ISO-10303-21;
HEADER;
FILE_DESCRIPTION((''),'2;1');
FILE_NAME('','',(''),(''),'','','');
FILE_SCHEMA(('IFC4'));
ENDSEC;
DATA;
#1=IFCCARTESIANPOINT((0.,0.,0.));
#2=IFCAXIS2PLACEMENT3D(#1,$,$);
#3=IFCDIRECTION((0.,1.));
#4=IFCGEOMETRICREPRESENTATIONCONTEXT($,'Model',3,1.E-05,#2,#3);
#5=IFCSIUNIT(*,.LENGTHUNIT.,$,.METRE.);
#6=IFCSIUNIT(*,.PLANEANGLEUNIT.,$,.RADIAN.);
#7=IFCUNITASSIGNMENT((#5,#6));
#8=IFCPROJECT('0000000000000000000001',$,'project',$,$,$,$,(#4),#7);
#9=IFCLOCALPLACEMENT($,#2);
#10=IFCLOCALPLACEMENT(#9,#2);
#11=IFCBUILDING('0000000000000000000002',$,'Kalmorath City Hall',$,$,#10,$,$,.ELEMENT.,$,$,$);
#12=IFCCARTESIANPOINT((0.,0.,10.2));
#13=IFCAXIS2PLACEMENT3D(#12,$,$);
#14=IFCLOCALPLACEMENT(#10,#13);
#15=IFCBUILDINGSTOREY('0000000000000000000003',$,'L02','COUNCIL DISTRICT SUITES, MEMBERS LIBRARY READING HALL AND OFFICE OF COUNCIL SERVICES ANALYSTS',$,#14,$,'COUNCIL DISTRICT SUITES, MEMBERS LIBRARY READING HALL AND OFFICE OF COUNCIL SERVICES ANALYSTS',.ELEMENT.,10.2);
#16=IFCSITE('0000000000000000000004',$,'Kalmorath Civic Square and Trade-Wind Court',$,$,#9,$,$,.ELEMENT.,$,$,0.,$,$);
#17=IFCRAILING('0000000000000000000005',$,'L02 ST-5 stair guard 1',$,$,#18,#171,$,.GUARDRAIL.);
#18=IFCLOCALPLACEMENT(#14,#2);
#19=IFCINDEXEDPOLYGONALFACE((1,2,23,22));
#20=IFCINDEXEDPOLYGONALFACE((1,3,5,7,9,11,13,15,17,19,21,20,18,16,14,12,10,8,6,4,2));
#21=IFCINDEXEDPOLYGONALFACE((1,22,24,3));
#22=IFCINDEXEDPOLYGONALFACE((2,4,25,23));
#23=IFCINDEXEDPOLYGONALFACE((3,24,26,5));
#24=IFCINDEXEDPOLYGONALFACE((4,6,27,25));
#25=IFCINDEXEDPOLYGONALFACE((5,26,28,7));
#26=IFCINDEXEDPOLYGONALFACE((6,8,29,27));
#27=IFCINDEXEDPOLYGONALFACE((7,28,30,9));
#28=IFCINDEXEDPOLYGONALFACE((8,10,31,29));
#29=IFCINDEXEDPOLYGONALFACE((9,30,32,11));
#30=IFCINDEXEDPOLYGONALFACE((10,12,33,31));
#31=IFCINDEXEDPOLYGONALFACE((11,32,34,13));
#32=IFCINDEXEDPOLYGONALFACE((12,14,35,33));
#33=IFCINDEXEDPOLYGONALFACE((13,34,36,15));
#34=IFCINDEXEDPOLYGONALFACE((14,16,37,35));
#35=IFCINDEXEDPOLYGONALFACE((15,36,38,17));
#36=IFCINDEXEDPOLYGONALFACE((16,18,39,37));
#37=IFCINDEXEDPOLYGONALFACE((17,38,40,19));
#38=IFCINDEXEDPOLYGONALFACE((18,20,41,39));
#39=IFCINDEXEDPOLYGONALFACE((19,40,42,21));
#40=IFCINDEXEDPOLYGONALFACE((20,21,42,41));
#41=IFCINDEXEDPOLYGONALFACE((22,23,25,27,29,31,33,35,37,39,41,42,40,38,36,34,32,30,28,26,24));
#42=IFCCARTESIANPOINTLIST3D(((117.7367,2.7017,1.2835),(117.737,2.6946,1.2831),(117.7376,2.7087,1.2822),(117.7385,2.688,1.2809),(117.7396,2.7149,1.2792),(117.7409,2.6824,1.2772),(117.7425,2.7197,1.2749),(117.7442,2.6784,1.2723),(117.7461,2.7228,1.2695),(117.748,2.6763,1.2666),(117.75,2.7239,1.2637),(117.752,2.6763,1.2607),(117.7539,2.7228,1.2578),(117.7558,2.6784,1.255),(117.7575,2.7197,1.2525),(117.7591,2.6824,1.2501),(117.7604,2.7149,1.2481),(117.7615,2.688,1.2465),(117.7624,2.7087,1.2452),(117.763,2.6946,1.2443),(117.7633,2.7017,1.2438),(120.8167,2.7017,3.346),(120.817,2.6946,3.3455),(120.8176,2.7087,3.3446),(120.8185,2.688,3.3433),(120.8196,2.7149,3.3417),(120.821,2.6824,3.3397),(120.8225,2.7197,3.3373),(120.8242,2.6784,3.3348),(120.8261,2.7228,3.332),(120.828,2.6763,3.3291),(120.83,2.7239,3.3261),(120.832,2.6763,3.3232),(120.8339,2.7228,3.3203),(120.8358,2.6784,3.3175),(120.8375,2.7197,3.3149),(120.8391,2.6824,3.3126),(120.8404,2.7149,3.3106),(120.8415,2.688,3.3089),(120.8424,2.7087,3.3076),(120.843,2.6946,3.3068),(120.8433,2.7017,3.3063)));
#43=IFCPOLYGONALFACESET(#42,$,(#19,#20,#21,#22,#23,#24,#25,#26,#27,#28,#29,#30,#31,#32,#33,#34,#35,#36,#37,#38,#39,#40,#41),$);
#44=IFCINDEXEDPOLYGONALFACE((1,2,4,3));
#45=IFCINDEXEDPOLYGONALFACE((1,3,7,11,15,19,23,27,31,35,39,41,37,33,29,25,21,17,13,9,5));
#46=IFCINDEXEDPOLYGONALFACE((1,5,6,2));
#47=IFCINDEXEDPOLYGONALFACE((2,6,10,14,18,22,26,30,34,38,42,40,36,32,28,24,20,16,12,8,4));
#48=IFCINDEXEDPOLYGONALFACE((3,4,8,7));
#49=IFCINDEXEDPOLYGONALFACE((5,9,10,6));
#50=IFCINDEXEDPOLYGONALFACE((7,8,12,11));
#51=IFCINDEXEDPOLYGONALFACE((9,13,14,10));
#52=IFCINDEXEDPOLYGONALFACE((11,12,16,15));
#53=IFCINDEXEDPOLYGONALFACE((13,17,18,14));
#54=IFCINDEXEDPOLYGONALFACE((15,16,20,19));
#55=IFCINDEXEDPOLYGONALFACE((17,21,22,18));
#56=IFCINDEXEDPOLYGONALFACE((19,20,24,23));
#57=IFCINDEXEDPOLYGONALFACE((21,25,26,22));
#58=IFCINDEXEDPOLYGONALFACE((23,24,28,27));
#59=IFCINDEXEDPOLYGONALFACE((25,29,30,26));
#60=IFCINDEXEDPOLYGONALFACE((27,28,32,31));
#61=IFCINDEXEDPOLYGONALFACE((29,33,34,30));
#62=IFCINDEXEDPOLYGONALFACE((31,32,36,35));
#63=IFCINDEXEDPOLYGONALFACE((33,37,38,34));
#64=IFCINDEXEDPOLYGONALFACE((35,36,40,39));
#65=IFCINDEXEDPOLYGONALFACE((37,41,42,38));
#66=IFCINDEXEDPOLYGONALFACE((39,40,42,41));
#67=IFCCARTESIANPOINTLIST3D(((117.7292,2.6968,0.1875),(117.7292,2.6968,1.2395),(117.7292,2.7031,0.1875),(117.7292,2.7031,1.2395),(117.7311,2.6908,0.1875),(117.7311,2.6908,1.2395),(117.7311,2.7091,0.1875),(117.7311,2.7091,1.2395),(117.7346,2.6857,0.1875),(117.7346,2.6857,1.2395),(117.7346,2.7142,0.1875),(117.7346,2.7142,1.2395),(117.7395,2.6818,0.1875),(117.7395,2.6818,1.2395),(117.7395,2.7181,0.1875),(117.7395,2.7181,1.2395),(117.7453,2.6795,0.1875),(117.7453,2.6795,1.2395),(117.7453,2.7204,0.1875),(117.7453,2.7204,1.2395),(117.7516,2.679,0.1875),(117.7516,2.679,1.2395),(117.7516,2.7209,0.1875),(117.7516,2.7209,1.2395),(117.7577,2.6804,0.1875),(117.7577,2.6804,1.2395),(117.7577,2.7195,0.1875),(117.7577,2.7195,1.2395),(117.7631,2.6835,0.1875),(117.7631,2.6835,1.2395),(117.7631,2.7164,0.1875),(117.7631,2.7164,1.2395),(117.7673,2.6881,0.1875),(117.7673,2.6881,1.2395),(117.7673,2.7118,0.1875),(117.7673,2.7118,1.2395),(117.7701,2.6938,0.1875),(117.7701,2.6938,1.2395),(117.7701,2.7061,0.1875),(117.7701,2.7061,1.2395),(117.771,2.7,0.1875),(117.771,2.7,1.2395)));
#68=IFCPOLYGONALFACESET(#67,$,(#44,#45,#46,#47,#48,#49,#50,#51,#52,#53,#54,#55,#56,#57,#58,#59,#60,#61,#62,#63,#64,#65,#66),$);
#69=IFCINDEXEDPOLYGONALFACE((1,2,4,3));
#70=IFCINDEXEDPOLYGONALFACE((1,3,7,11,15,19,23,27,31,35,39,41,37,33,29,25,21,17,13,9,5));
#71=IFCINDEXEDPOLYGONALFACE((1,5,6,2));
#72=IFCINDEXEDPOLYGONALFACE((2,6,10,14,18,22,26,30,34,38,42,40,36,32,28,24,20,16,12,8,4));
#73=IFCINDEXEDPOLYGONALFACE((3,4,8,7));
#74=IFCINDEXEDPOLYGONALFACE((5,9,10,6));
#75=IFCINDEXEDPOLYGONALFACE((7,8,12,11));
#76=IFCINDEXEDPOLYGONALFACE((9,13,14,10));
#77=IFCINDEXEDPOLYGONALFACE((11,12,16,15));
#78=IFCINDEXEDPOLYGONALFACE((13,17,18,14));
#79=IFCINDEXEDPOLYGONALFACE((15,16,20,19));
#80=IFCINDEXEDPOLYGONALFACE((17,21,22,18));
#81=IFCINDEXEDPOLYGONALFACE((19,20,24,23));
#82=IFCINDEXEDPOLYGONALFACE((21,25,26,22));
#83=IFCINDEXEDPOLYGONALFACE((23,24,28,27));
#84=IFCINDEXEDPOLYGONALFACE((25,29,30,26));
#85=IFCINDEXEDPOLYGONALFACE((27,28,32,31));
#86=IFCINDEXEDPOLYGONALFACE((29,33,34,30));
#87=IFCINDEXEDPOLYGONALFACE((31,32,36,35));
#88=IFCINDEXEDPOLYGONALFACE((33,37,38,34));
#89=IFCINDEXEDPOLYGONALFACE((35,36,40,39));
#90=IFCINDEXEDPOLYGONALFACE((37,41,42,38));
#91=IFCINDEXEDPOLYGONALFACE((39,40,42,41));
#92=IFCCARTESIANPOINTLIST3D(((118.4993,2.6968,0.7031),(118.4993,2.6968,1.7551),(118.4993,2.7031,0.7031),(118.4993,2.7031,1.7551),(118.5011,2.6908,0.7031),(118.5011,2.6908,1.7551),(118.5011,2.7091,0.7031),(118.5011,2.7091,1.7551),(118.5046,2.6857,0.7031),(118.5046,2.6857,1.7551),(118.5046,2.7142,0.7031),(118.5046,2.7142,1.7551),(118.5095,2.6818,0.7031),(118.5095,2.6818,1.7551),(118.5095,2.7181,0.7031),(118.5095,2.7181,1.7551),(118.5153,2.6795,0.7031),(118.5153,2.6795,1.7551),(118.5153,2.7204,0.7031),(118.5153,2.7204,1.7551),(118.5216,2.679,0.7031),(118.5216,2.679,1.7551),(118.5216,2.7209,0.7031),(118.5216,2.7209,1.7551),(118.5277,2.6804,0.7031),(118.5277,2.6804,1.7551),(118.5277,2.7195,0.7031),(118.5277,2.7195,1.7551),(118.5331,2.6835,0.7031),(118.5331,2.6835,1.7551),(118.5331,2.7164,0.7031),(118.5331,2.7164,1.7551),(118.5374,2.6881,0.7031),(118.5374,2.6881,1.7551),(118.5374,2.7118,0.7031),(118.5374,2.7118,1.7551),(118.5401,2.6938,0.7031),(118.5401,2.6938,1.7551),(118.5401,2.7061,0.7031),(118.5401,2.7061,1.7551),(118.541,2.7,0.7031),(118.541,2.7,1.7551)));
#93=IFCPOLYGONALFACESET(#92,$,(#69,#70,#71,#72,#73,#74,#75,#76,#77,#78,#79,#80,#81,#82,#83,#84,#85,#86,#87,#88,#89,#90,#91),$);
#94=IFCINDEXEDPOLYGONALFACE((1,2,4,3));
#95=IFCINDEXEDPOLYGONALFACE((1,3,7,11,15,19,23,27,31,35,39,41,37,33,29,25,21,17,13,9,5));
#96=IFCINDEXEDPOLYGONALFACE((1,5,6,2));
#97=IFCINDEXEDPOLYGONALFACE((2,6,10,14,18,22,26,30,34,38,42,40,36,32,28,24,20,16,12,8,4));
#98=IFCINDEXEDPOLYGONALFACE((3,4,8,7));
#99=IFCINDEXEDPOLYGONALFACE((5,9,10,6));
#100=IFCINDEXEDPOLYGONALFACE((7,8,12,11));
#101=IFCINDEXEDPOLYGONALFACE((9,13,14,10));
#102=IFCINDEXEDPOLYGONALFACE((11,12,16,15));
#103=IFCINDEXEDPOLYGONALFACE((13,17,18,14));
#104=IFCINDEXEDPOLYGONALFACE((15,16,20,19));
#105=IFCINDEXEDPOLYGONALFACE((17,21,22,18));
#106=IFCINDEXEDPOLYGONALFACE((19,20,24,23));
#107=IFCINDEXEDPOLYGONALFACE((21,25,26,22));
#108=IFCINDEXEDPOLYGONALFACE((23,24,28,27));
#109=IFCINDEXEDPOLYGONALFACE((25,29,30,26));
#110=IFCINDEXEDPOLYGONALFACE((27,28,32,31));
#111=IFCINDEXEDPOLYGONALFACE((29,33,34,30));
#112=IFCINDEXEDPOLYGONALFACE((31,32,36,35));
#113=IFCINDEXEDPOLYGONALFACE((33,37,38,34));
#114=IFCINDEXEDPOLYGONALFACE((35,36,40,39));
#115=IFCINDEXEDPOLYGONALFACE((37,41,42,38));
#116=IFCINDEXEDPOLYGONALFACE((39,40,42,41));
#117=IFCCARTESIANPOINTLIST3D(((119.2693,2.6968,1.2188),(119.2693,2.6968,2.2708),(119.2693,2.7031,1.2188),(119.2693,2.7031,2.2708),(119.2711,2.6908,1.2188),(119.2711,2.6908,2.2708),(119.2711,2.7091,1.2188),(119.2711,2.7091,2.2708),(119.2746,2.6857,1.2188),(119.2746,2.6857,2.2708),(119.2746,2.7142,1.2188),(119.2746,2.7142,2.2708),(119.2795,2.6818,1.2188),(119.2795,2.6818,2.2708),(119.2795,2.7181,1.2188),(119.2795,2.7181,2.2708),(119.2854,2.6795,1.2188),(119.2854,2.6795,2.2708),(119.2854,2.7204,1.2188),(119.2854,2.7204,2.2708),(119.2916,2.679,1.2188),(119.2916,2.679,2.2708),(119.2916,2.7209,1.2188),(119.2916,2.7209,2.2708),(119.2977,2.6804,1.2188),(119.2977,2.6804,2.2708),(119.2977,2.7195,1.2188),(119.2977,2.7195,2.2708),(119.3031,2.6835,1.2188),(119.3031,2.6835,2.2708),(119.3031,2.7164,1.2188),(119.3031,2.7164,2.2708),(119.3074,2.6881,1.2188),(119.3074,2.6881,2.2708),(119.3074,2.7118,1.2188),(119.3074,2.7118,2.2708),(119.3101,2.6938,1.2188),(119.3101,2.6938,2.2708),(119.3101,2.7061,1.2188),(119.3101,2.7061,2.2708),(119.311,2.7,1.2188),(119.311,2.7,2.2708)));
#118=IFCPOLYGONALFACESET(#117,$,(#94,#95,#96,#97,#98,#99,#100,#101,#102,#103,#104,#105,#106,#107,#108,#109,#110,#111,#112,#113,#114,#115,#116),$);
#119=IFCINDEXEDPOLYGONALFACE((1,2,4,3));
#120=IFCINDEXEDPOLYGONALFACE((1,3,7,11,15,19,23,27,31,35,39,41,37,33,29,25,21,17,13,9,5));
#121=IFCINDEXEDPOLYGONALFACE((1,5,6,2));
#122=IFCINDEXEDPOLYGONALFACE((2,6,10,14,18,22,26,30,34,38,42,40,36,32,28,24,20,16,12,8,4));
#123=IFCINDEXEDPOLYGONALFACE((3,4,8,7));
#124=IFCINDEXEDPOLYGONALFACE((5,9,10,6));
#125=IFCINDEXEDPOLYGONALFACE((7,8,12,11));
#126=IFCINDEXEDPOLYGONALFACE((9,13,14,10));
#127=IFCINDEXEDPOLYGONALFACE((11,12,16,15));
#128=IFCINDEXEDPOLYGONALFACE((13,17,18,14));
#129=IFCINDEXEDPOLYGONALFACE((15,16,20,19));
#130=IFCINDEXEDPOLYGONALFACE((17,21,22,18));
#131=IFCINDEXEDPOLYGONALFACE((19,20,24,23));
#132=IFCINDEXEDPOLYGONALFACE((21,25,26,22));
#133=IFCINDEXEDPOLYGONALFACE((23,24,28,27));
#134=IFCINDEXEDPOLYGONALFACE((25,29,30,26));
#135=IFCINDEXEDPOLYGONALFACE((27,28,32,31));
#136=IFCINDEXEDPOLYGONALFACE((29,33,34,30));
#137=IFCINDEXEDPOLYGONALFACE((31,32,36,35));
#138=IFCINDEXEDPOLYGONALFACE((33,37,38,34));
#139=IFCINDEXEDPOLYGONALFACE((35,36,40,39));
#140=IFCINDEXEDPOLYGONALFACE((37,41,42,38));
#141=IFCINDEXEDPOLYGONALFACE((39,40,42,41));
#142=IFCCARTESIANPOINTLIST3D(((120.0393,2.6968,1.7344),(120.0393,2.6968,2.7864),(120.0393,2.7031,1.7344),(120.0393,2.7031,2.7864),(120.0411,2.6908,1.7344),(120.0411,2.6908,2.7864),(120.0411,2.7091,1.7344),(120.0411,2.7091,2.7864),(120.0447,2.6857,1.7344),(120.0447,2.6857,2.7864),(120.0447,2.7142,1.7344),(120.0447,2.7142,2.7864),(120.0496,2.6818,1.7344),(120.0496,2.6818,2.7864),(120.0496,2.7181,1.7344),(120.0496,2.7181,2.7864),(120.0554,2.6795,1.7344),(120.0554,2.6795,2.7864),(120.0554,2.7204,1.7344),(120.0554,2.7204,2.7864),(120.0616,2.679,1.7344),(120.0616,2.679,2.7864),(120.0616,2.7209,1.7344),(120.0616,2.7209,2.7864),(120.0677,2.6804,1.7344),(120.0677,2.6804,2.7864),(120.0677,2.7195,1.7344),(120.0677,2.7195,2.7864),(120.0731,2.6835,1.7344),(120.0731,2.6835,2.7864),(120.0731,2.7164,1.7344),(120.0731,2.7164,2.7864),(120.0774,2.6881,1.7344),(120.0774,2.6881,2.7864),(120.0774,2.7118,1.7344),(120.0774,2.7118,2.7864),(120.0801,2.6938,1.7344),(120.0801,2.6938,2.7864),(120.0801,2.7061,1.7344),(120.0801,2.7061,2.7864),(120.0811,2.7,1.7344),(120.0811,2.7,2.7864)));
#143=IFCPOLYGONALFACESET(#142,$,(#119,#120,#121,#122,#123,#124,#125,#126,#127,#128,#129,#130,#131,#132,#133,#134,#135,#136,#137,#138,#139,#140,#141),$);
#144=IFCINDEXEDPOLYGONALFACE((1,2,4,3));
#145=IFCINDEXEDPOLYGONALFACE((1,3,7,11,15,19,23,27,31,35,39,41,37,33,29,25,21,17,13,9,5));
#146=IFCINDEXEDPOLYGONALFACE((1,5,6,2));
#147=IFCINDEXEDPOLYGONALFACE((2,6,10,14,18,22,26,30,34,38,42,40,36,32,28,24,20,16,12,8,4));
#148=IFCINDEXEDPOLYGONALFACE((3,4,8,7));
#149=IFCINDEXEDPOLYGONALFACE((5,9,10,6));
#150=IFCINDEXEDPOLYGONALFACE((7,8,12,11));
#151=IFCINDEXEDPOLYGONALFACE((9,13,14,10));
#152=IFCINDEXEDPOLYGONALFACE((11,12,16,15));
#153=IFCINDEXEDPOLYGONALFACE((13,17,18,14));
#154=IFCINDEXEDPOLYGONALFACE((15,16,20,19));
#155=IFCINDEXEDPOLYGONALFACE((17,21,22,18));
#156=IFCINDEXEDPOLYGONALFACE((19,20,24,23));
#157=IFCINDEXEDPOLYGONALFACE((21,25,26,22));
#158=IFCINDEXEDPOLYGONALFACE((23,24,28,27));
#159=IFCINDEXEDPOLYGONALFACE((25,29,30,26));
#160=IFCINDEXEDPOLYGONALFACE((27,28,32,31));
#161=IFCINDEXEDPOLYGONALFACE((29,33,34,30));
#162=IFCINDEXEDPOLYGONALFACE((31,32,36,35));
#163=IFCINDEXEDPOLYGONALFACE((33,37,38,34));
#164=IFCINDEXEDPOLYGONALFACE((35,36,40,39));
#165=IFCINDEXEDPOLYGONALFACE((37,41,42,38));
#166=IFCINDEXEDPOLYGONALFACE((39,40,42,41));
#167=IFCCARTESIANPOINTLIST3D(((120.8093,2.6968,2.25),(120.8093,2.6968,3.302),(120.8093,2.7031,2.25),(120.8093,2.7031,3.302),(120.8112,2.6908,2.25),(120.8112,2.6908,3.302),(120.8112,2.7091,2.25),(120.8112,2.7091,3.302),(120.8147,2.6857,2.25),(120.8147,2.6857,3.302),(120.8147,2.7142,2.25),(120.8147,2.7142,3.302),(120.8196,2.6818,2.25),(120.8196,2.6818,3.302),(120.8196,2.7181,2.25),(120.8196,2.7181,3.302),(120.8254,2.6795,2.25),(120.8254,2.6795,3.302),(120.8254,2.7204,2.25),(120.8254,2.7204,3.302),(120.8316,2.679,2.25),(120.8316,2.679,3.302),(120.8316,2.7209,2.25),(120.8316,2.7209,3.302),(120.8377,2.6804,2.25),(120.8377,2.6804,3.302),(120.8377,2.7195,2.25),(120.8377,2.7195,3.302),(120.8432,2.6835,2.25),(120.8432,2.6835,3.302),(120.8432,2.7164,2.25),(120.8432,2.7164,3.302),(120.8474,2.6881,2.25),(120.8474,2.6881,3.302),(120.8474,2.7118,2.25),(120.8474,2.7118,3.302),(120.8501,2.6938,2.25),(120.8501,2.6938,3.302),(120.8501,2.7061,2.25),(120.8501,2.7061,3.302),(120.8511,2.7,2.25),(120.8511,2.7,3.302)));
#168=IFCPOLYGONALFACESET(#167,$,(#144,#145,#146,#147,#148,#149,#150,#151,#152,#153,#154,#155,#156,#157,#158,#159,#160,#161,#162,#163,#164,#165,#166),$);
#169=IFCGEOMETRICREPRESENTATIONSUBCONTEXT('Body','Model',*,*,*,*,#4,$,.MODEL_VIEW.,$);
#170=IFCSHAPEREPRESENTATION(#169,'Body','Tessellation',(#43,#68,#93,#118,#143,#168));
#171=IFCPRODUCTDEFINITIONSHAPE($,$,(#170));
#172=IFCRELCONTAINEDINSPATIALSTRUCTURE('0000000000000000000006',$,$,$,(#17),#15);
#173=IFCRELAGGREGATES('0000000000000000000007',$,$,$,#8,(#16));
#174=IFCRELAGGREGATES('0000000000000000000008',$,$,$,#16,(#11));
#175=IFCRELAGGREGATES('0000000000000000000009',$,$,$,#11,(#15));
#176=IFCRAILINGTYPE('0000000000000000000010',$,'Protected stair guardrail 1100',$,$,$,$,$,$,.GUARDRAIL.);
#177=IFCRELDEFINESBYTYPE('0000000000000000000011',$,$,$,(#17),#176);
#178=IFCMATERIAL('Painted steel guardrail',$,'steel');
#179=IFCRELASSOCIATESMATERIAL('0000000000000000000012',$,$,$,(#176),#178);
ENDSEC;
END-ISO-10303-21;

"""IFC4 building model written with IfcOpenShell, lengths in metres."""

from ifc_helpers import new_model, si_unit, direction, frame, origin, origin_2d, place, context, subcontext, project, spatial, circle, extrude, material, type_object, element, save


model = new_model("IFC4")

# Units and contexts
model_context = context("Model", 3, precision=1e-05, world=origin(), true_north=direction((0.0, 1.0)))
body_context = subcontext(model_context, "Body", "Model", "MODEL_VIEW")
ifc_project = project(units=[si_unit("LENGTHUNIT", "METRE"), si_unit("PLANEANGLEUNIT", "RADIAN")], contexts=[model_context])

# Site, building, storey
site_placement = place(None, origin())
site = spatial("IfcSite", under=ifc_project, at=site_placement, Name="Kalmorath Civic Square and Trade-Wind Court", CompositionType="ELEMENT", RefElevation=0.0)
building_placement = place(site_placement, origin())
building = spatial("IfcBuilding", under=site, at=building_placement, Name="Kalmorath City Hall", CompositionType="ELEMENT")
storey_placement = place(building_placement, frame((0.0, 0.0, 10.2)))
storey = spatial("IfcBuildingStorey", under=building, at=storey_placement, Name="L02", Description="COUNCIL DISTRICT SUITES, MEMBERS LIBRARY READING HALL AND OFFICE OF COUNCIL SERVICES ANALYSTS", LongName="COUNCIL DISTRICT SUITES, MEMBERS LIBRARY READING HALL AND OFFICE OF COUNCIL SERVICES ANALYSTS", CompositionType="ELEMENT", Elevation=10.2)

# Railing
ifc_material_1 = material(Name="Painted steel guardrail", Category="steel")
railing_type_1 = type_object("IfcRailingType", Name="Protected stair guardrail 1100", PredefinedType="GUARDRAIL", material=ifc_material_1)
railing_1_placement = place(storey_placement, frame((117.75, 2.7, 0.1875)))
element("IfcRailing", 1, at=railing_1_placement, inside=storey, type_object=railing_type_1, Name="L02 ST-5 stair guard 1", PredefinedType="GUARDRAIL", context=body_context, shape_type="SweptSolid", body=[
    extrude(circle(Radius=0.0239, at=origin_2d()), frame((0.0, 0.0, 1.0762), z_axis=(0.830914, 0.0, 0.556401), x_axis=(0.0, 1.0, 0.0)), (0.0, 0.0, 1.0), 3.7068),
    extrude(circle(Radius=0.021, at=origin_2d()), origin(), (0.0, 0.0, 1.0), 1.052),
    extrude(circle(Radius=0.021, at=origin_2d()), frame((0.77, 0.0, 0.5156)), (0.0, 0.0, 1.0), 1.052),
    extrude(circle(Radius=0.021, at=origin_2d()), frame((1.54, 0.0, 1.0312)), (0.0, 0.0, 1.0), 1.052),
    extrude(circle(Radius=0.021, at=origin_2d()), frame((2.3101, 0.0, 1.5469)), (0.0, 0.0, 1.0), 1.052),
    extrude(circle(Radius=0.021, at=origin_2d()), frame((3.0801, 0.0, 2.0625)), (0.0, 0.0, 1.0), 1.052),
])

save(model, "model.ifc")
